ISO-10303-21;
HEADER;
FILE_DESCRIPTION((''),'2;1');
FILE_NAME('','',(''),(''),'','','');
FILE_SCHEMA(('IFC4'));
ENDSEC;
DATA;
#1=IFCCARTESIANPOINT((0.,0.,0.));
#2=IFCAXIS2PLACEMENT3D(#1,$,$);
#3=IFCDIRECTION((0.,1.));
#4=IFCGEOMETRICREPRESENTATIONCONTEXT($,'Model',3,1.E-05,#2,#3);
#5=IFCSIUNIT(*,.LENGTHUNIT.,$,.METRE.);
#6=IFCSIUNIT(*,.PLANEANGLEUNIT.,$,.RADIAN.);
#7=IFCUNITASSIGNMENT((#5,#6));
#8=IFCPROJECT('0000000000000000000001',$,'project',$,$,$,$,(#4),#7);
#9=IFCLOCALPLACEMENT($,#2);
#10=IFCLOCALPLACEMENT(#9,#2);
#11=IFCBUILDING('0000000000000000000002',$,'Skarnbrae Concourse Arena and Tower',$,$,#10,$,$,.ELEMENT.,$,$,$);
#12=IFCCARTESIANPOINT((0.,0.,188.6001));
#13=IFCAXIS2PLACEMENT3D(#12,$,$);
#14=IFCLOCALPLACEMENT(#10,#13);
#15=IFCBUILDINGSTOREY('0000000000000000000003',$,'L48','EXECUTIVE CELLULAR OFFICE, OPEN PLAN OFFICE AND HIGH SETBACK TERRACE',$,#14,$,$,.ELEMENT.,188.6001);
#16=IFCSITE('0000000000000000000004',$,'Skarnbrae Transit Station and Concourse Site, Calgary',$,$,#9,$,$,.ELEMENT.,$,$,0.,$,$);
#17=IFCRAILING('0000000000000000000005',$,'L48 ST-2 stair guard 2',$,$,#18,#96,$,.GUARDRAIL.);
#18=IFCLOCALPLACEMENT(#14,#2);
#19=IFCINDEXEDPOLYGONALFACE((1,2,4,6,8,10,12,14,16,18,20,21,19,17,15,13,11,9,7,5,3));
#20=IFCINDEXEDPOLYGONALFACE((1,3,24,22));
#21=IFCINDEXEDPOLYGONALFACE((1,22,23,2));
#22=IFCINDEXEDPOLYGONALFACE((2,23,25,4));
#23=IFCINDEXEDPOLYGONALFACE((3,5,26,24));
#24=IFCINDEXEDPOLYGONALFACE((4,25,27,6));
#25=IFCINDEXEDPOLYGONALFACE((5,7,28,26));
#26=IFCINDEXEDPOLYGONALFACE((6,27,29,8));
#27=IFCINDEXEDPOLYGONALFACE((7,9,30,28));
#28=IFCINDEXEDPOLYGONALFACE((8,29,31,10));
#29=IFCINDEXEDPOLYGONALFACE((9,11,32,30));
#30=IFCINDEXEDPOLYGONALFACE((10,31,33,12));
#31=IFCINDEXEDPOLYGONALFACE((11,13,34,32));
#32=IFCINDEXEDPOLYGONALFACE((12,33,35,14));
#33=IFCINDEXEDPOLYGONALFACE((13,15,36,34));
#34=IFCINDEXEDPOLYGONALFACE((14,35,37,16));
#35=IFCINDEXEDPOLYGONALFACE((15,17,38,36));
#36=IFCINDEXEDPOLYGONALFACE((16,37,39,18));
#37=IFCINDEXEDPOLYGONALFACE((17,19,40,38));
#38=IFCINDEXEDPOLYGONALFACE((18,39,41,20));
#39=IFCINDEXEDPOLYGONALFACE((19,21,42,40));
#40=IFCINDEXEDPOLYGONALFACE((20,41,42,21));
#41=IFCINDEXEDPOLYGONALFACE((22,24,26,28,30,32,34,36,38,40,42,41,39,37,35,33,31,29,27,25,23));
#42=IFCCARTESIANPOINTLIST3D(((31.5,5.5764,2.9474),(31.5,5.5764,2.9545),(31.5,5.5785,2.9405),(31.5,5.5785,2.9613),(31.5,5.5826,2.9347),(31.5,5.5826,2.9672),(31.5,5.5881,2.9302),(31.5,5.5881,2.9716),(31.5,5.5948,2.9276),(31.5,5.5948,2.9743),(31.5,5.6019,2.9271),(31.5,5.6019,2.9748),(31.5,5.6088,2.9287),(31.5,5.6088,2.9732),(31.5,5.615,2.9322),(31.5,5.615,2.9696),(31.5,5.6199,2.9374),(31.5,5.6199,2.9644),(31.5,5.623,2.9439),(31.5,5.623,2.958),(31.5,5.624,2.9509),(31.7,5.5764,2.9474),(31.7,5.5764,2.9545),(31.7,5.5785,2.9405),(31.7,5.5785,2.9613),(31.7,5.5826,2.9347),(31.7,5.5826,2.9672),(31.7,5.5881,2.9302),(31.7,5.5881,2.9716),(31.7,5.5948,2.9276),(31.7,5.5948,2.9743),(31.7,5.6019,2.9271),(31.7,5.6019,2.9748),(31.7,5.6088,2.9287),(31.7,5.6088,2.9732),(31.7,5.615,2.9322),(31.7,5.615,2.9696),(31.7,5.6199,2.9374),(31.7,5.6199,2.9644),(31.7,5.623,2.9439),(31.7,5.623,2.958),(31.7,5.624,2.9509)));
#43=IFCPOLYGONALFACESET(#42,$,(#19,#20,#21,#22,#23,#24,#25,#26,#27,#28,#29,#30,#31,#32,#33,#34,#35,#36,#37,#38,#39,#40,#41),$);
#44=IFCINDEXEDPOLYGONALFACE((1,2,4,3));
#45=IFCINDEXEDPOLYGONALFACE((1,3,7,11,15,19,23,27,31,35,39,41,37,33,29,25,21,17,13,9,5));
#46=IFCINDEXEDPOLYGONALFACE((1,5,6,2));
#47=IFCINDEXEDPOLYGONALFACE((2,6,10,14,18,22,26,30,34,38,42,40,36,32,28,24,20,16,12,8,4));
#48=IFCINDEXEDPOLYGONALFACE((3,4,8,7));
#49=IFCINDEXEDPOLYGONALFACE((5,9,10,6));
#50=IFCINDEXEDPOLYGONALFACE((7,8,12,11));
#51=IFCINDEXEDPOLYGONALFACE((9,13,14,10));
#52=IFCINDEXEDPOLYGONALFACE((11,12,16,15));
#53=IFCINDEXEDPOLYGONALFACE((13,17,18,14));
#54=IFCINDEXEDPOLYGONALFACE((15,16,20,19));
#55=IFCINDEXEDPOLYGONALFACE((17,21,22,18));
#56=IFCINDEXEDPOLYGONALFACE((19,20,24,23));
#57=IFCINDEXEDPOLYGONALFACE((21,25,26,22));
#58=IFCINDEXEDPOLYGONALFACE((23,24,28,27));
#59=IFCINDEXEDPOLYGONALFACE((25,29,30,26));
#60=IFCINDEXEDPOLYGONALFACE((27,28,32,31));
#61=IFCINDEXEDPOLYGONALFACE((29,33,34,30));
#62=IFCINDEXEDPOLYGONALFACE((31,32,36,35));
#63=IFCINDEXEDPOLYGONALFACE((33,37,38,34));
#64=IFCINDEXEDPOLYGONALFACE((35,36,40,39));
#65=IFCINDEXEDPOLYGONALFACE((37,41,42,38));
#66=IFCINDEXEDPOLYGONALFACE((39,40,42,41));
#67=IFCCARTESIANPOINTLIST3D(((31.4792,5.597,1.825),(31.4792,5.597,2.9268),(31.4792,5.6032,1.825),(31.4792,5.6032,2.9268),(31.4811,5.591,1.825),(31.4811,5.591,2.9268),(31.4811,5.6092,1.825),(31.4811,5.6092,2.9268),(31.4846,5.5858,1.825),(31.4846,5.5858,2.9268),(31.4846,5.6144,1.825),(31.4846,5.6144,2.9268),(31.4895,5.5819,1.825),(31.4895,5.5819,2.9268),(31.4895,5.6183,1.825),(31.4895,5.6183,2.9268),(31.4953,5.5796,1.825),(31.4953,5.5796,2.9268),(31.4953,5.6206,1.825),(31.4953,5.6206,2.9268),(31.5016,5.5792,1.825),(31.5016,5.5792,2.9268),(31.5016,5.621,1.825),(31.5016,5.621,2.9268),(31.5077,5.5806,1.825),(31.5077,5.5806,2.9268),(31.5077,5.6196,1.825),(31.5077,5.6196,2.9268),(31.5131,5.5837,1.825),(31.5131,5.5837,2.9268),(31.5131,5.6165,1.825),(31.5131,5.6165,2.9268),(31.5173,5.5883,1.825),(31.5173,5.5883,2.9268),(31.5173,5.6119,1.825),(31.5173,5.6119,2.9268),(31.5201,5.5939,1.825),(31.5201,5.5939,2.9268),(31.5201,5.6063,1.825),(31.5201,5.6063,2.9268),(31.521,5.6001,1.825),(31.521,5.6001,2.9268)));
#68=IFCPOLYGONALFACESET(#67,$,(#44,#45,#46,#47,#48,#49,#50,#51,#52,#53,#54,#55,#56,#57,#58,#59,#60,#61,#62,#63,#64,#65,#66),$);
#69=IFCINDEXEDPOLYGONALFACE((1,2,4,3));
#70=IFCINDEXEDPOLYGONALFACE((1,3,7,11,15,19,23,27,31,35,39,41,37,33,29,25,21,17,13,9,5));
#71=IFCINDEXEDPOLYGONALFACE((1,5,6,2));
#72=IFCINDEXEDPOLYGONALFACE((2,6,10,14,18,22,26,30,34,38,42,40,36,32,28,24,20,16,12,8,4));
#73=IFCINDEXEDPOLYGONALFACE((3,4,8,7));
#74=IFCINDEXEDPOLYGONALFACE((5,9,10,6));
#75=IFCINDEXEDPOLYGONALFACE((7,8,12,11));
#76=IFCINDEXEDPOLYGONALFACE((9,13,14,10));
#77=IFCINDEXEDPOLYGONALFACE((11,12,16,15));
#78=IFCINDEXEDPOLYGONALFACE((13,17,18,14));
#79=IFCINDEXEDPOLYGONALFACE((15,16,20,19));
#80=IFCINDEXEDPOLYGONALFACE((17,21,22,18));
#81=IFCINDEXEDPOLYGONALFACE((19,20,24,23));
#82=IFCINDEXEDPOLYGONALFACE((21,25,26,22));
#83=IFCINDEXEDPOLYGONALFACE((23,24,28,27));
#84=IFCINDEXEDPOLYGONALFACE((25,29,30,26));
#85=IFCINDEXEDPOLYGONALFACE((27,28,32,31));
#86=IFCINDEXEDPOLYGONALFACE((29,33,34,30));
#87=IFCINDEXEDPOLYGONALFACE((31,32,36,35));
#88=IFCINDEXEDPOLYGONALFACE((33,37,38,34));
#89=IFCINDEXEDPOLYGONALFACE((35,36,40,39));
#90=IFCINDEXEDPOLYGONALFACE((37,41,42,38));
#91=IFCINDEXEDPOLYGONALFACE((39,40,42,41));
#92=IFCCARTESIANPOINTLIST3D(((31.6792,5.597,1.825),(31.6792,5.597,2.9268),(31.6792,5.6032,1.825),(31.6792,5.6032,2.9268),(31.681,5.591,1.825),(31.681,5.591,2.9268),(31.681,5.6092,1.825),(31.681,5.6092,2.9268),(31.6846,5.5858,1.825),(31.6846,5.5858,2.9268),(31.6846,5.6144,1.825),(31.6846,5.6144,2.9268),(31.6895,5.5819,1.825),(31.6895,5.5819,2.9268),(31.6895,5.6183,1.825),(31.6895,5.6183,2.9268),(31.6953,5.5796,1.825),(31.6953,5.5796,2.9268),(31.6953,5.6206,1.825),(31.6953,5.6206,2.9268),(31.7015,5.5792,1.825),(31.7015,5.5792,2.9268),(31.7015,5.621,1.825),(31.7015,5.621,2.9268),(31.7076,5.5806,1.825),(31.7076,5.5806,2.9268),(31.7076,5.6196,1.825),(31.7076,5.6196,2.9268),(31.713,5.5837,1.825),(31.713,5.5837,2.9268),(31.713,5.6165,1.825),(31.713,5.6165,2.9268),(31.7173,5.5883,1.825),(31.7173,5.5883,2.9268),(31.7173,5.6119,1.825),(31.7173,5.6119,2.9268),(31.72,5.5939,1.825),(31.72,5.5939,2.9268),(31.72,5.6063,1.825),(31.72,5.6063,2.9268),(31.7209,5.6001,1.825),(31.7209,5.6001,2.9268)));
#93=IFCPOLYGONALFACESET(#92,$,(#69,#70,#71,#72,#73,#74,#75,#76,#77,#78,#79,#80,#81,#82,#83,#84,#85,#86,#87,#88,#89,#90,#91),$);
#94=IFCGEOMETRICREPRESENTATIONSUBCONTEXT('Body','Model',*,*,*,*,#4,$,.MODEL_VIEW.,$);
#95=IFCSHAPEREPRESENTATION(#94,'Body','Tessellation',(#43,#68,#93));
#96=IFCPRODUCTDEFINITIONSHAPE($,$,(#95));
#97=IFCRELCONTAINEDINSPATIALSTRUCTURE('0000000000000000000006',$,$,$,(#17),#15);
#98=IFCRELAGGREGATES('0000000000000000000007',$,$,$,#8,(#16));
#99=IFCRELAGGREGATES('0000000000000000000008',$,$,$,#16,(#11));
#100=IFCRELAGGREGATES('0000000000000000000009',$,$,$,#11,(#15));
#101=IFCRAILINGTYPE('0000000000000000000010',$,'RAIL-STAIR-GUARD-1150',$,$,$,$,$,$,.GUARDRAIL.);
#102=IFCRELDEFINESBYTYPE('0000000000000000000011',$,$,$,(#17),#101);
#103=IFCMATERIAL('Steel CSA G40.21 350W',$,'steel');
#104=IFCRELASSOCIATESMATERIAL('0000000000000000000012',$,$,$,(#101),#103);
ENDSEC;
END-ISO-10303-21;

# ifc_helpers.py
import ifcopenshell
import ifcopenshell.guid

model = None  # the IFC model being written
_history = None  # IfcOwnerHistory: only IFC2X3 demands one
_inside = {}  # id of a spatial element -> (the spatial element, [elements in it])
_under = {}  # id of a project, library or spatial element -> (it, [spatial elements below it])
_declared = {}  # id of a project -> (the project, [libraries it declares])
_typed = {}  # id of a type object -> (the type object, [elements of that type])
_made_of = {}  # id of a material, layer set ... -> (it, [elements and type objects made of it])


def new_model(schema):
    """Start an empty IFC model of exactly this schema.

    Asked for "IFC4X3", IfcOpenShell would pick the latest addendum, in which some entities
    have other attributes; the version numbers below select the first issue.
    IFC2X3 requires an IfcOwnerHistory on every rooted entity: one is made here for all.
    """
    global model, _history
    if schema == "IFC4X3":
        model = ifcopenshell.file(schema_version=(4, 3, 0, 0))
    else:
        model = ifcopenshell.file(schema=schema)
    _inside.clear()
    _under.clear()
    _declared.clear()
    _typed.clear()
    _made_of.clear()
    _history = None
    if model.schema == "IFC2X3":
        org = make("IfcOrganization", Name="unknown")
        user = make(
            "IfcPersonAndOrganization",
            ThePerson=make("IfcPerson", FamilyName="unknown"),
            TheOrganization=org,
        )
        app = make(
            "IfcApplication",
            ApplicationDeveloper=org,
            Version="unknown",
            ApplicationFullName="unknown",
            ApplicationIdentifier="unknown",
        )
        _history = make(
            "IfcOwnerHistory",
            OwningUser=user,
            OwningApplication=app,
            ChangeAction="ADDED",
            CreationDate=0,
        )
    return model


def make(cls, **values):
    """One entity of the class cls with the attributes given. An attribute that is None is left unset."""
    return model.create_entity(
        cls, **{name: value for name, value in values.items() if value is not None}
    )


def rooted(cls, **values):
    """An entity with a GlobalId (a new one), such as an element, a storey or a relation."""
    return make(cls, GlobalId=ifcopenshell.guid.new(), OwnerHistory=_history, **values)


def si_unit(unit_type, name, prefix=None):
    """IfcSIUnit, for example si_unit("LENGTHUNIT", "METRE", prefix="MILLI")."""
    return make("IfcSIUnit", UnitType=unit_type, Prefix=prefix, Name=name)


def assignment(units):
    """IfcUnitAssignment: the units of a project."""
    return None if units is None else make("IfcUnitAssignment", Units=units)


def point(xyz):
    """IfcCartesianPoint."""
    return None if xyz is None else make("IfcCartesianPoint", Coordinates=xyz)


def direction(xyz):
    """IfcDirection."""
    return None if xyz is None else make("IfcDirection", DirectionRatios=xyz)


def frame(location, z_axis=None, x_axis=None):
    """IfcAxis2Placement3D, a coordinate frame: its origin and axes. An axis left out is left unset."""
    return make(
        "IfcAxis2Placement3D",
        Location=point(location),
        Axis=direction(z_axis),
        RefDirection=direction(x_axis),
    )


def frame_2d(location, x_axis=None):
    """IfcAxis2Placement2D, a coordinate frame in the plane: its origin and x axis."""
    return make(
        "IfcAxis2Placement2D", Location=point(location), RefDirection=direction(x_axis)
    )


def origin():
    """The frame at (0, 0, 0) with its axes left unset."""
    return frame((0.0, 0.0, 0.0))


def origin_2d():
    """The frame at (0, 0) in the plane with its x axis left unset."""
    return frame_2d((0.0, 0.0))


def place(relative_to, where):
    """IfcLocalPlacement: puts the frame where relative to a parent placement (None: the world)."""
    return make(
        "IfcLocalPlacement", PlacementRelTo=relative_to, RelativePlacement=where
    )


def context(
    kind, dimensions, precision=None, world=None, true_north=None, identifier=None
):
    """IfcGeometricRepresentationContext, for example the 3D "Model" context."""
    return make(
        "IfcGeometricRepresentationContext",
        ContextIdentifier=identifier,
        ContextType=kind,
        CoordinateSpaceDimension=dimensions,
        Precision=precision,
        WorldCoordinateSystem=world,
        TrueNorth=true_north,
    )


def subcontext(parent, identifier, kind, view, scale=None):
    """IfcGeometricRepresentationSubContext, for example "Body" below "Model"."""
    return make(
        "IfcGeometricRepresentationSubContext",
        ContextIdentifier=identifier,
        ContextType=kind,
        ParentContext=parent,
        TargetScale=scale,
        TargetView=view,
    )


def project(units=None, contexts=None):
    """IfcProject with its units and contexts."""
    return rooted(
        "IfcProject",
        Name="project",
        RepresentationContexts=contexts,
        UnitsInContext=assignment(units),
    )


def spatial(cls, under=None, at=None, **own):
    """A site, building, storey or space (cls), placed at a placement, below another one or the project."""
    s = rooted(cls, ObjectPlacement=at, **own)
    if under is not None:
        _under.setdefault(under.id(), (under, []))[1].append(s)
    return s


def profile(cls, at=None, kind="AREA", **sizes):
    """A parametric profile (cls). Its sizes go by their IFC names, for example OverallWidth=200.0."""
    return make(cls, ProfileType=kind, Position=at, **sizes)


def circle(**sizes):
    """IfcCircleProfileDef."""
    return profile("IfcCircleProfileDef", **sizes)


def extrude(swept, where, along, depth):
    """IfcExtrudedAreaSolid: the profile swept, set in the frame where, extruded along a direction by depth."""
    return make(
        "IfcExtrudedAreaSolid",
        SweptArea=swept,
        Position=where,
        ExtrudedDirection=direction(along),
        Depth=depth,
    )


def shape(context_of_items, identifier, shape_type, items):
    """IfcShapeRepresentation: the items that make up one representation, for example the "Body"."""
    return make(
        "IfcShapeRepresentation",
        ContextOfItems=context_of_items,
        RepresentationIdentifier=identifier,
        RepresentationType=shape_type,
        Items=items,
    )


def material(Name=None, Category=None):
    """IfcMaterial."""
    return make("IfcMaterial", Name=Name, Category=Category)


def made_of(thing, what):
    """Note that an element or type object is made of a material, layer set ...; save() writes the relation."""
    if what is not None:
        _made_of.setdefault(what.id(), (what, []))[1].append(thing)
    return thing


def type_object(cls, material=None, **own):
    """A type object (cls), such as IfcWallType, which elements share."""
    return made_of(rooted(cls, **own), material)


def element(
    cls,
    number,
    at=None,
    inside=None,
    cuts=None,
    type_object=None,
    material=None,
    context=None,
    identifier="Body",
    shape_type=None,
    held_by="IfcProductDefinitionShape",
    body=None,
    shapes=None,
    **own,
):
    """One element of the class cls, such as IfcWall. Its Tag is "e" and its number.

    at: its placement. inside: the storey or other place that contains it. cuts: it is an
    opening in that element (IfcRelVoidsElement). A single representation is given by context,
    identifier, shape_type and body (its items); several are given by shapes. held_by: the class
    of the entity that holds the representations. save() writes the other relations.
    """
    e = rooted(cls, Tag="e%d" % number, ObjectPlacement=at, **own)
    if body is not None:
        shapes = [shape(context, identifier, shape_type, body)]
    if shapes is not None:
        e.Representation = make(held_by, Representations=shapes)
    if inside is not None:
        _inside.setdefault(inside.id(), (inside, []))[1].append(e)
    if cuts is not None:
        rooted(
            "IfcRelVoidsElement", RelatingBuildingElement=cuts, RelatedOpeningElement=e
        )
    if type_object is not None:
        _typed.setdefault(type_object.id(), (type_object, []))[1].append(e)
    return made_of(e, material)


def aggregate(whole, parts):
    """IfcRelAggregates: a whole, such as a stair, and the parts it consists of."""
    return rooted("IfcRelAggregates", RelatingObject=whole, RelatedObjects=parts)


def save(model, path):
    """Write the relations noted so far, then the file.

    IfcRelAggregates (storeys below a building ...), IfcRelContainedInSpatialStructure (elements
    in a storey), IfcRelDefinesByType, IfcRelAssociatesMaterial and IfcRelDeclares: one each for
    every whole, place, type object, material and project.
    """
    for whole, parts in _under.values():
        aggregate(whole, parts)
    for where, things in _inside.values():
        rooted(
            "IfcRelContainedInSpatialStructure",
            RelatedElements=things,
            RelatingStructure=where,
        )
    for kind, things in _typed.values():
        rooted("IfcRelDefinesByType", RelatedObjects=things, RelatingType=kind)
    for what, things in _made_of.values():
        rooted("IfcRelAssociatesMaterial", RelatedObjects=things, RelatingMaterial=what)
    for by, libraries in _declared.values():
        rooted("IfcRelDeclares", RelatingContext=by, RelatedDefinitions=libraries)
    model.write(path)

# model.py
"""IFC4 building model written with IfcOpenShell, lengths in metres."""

from ifc_helpers import new_model, si_unit, direction, frame, origin, origin_2d, place, context, subcontext, project, spatial, circle, extrude, material, type_object, element, save


model = new_model("IFC4")

# Units and contexts
model_context = context("Model", 3, precision=1e-05, world=origin(), true_north=direction((0.0, 1.0)))
body_context = subcontext(model_context, "Body", "Model", "MODEL_VIEW")
ifc_project = project(units=[si_unit("LENGTHUNIT", "METRE"), si_unit("PLANEANGLEUNIT", "RADIAN")], contexts=[model_context])

# Site, building, storey
site_placement = place(None, origin())
site = spatial("IfcSite", under=ifc_project, at=site_placement, Name="Skarnbrae Transit Station and Concourse Site, Calgary", CompositionType="ELEMENT", RefElevation=0.0)
building_placement = place(site_placement, origin())
building = spatial("IfcBuilding", under=site, at=building_placement, Name="Skarnbrae Concourse Arena and Tower", CompositionType="ELEMENT")
storey_placement = place(building_placement, frame((0.0, 0.0, 188.6001)))
storey = spatial("IfcBuildingStorey", under=building, at=storey_placement, Name="L48", Description="EXECUTIVE CELLULAR OFFICE, OPEN PLAN OFFICE AND HIGH SETBACK TERRACE", CompositionType="ELEMENT", Elevation=188.6001)

# Shared definitions
ifc_material_1 = material(Name="Steel CSA G40.21 350W", Category="steel")

# Railing
railing_type_1 = type_object("IfcRailingType", Name="RAIL-STAIR-GUARD-1150", PredefinedType="GUARDRAIL", material=ifc_material_1)
railing_1_placement = place(storey_placement, frame((31.5, 5.6001, 1.825)))
element("IfcRailing", 1, at=railing_1_placement, inside=storey, type_object=railing_type_1, Name="L48 ST-2 stair guard 2", PredefinedType="GUARDRAIL", context=body_context, shape_type="SweptSolid", body=[
    extrude(circle(Radius=0.0239, at=origin_2d()), frame((0.0, 0.0, 1.126), z_axis=(1.0, 0.0, 0.0), x_axis=(0.0, 1.0, 0.0)), (0.0, 0.0, 1.0), 0.2),
    extrude(circle(Radius=0.021, at=origin_2d()), origin(), (0.0, 0.0, 1.0), 1.1018),
    extrude(circle(Radius=0.021, at=origin_2d()), frame((0.2, 0.0, 0.0)), (0.0, 0.0, 1.0), 1.1018),
])

save(model, "model.ifc")
